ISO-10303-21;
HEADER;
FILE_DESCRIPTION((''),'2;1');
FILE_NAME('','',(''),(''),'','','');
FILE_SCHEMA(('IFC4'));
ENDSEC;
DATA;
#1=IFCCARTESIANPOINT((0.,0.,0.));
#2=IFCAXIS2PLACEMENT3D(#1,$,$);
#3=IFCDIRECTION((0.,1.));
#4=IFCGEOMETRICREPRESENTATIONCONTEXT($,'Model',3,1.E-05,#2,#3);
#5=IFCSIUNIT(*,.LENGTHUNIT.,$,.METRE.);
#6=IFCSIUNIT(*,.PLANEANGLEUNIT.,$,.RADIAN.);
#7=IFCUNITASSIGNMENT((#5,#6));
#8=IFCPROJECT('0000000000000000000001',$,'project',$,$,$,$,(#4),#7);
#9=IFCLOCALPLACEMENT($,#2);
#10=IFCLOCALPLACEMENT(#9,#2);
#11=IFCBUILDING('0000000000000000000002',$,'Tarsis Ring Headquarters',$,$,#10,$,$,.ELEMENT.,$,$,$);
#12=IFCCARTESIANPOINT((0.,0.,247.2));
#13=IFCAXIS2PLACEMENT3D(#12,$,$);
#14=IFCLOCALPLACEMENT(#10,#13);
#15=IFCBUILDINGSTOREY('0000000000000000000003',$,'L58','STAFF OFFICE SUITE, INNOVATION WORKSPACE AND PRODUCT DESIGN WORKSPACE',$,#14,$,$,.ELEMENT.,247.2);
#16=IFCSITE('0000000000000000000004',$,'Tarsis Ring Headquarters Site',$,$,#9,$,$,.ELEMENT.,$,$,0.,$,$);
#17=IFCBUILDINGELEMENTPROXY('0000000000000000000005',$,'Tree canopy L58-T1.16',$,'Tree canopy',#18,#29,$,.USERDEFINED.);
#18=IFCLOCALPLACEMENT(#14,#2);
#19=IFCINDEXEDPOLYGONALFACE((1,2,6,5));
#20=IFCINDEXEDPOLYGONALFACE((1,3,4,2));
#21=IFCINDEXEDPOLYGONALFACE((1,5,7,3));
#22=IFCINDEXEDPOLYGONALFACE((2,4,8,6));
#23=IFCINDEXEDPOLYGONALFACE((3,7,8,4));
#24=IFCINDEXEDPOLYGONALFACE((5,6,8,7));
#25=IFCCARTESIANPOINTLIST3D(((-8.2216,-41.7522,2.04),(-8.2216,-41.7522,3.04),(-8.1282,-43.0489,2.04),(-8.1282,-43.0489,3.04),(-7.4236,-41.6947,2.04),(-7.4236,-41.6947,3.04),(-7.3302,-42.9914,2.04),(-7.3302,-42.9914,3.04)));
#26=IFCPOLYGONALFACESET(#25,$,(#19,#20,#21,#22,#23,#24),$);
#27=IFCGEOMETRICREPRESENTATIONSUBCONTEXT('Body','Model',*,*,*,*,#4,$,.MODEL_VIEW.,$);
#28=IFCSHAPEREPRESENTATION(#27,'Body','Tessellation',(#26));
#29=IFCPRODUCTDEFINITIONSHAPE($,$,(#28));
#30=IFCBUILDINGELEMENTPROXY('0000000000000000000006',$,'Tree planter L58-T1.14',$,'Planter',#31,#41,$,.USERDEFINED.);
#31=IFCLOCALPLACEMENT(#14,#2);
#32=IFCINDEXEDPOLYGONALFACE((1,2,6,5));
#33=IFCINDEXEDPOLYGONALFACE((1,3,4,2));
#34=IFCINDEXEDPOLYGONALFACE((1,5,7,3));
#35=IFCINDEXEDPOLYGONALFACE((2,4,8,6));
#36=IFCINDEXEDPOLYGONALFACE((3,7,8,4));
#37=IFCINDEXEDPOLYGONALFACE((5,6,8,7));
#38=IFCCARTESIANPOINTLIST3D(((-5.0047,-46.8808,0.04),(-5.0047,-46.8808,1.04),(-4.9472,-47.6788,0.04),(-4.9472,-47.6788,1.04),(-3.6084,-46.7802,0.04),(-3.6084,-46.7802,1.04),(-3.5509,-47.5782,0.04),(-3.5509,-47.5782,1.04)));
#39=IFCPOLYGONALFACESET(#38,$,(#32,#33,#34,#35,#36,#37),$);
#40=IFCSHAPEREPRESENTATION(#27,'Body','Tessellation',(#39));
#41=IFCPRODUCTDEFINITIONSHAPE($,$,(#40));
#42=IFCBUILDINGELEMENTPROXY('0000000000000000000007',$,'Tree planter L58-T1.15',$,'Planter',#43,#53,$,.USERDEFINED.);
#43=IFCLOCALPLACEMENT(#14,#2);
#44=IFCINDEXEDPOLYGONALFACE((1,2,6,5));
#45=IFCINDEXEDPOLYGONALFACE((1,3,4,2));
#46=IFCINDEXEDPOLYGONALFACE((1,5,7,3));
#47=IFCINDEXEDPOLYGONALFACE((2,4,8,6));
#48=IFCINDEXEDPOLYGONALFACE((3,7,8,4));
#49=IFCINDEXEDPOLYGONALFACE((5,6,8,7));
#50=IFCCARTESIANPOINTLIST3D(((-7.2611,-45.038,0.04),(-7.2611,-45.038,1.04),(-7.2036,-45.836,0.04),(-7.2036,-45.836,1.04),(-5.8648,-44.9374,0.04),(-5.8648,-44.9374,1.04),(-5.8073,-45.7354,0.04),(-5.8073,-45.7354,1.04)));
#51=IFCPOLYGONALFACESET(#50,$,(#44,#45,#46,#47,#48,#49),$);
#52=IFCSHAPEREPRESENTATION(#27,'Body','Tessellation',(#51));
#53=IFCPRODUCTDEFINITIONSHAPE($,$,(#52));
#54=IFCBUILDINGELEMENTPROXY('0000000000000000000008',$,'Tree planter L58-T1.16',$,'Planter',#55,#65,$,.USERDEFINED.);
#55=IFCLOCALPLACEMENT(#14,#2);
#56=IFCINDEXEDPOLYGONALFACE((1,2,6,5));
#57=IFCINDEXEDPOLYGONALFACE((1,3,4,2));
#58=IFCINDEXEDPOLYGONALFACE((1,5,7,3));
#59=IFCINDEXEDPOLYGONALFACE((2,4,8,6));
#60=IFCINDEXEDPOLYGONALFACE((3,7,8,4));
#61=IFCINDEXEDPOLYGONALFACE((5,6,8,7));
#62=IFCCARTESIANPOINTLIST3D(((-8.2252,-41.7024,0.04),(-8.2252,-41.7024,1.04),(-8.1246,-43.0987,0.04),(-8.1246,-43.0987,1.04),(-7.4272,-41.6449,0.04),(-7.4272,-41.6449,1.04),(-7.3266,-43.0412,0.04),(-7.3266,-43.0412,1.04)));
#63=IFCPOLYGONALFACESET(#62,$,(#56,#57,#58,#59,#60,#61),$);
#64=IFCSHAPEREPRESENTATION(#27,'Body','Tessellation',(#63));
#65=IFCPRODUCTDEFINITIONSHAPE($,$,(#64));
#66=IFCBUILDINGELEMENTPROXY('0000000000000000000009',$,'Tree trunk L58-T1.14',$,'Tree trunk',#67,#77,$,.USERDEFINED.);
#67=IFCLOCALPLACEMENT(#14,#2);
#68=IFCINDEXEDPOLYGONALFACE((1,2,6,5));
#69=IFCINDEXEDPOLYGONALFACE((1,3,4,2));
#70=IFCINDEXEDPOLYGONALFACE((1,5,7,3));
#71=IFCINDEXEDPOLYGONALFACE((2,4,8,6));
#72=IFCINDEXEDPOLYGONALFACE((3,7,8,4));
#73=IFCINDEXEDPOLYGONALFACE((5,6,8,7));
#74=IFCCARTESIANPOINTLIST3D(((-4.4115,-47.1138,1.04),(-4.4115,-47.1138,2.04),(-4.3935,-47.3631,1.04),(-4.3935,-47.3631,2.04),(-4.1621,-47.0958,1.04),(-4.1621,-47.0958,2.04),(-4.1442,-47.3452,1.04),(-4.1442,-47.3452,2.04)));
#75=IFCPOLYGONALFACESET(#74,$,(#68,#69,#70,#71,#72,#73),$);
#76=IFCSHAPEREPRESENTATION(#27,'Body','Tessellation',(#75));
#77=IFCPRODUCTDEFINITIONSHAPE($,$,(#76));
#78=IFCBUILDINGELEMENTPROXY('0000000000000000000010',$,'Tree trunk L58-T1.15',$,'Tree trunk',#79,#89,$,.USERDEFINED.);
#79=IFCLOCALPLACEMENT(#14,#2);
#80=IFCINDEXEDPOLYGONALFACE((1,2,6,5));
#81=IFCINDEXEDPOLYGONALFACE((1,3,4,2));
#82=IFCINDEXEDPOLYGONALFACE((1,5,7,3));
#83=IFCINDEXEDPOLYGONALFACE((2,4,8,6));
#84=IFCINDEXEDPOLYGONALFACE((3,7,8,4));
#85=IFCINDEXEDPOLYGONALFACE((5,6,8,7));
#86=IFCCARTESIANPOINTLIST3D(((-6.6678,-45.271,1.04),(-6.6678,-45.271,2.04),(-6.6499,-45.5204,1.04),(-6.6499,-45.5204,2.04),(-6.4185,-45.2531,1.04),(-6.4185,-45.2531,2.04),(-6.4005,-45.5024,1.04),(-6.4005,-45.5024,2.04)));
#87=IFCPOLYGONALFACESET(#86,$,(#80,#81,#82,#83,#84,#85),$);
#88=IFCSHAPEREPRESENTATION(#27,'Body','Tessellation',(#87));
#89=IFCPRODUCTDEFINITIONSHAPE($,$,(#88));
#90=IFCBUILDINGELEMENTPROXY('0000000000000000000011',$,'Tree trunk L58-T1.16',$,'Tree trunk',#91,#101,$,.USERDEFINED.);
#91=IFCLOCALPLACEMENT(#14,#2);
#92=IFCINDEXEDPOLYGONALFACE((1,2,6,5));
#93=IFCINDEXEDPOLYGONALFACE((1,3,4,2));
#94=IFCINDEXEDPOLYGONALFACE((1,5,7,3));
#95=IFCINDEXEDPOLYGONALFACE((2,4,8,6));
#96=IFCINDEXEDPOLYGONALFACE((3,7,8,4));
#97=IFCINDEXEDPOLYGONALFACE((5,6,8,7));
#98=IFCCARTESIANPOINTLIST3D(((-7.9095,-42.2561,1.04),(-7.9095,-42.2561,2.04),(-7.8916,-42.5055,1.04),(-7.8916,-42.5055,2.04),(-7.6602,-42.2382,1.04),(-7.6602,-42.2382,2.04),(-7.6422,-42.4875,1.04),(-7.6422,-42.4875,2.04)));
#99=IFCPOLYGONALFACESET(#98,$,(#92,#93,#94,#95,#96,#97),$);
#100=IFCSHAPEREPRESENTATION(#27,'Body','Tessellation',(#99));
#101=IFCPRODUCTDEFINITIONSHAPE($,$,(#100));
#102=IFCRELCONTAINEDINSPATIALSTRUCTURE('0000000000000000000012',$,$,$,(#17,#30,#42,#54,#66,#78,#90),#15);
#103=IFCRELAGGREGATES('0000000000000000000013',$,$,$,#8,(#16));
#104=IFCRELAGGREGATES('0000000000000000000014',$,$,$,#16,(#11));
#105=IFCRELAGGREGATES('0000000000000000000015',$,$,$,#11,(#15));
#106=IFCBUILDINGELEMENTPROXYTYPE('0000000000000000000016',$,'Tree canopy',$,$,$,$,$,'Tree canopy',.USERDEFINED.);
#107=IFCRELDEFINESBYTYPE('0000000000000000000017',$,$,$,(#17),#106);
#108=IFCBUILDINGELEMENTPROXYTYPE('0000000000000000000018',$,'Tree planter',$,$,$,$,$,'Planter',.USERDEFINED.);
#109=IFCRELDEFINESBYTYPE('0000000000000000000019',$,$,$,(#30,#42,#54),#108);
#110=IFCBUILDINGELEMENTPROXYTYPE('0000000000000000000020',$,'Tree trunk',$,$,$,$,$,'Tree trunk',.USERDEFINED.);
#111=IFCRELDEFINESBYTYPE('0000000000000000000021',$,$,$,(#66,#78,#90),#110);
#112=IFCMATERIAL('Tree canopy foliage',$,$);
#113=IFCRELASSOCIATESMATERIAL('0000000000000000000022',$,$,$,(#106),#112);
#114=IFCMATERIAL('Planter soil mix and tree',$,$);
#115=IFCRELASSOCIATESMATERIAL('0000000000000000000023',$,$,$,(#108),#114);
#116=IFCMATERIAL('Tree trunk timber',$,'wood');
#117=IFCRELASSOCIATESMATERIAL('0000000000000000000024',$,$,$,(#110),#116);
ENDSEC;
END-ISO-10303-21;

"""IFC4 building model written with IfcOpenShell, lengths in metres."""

from ifc_helpers import new_model, si_unit, direction, frame, origin, origin_2d, place, context, subcontext, project, spatial, rectangle, extrude, material, type_object, element, save


model = new_model("IFC4")

# Units and contexts
model_context = context("Model", 3, precision=1e-05, world=origin(), true_north=direction((0.0, 1.0)))
body_context = subcontext(model_context, "Body", "Model", "MODEL_VIEW")
ifc_project = project(units=[si_unit("LENGTHUNIT", "METRE"), si_unit("PLANEANGLEUNIT", "RADIAN")], contexts=[model_context])

# Site, building, storey
site_placement = place(None, origin())
site = spatial("IfcSite", under=ifc_project, at=site_placement, Name="Tarsis Ring Headquarters Site", CompositionType="ELEMENT", RefElevation=0.0)
building_placement = place(site_placement, origin())
building = spatial("IfcBuilding", under=site, at=building_placement, Name="Tarsis Ring Headquarters", CompositionType="ELEMENT")
storey_placement = place(building_placement, frame((0.0, 0.0, 247.2)))
storey = spatial("IfcBuildingStorey", under=building, at=storey_placement, Name="L58", Description="STAFF OFFICE SUITE, INNOVATION WORKSPACE AND PRODUCT DESIGN WORKSPACE", CompositionType="ELEMENT", Elevation=247.2)

# Building element proxies
ifc_material_1 = material(Name="Tree canopy foliage")
building_element_proxy_type_1 = type_object("IfcBuildingElementProxyType", Name="Tree canopy", ElementType="Tree canopy", PredefinedType="USERDEFINED", material=ifc_material_1)
for number, where, z_axis, x_axis, name in (
    (1, (-7.7759, -42.3718, 2.04), (0.0, 0.0, 1.0), (-0.071846, 0.997416, 0.0), "Tree canopy L58-T1.16"),
):
    element("IfcBuildingElementProxy", number, at=place(storey_placement, frame(where, z_axis=z_axis, x_axis=x_axis)), inside=storey, type_object=building_element_proxy_type_1, Name=name, ObjectType="Tree canopy", PredefinedType="USERDEFINED", context=body_context, shape_type="SweptSolid", body=[
        extrude(rectangle(XDim=1.3, YDim=0.8, at=origin_2d()), origin(), (0.0, 0.0, 1.0), 1.0),
    ])
ifc_material_2 = material(Name="Planter soil mix and tree")
building_element_proxy_type_2 = type_object("IfcBuildingElementProxyType", Name="Tree planter", ElementType="Planter", PredefinedType="USERDEFINED", material=ifc_material_2)
for number, where, z_axis, x_axis, name in (
    (2, (-4.2778, -47.2295, 0.04), (0.0, 0.0, 1.0), (-0.997416, -0.071846, 0.0), "Tree planter L58-T1.14"),
    (3, (-6.5342, -45.3867, 0.04), (0.0, 0.0, 1.0), (-0.997416, -0.071846, 0.0), "Tree planter L58-T1.15"),
    (4, (-7.7759, -42.3718, 0.04), (0.0, 0.0, 1.0), (-0.071846, 0.997416, 0.0), "Tree planter L58-T1.16"),
):
    element("IfcBuildingElementProxy", number, at=place(storey_placement, frame(where, z_axis=z_axis, x_axis=x_axis)), inside=storey, type_object=building_element_proxy_type_2, Name=name, ObjectType="Planter", PredefinedType="USERDEFINED", context=body_context, shape_type="SweptSolid", body=[
        extrude(rectangle(XDim=1.3999, YDim=0.8, at=origin_2d()), origin(), (0.0, 0.0, 1.0), 1.0),
    ])
ifc_material_3 = material(Name="Tree trunk timber", Category="wood")
building_element_proxy_type_3 = type_object("IfcBuildingElementProxyType", Name="Tree trunk", ElementType="Tree trunk", PredefinedType="USERDEFINED", material=ifc_material_3)
for number, where, z_axis, x_axis, name in (
    (5, (-4.2778, -47.2295, 1.04), (0.0, 0.0, 1.0), (-0.997416, -0.071846, 0.0), "Tree trunk L58-T1.14"),
    (6, (-6.5342, -45.3867, 1.04), (0.0, 0.0, 1.0), (-0.997416, -0.071846, 0.0), "Tree trunk L58-T1.15"),
    (7, (-7.7759, -42.3718, 1.04), (0.0, 0.0, 1.0), (-0.071846, 0.997416, 0.0), "Tree trunk L58-T1.16"),
):
    element("IfcBuildingElementProxy", number, at=place(storey_placement, frame(where, z_axis=z_axis, x_axis=x_axis)), inside=storey, type_object=building_element_proxy_type_3, Name=name, ObjectType="Tree trunk", PredefinedType="USERDEFINED", context=body_context, shape_type="SweptSolid", body=[
        extrude(rectangle(XDim=0.25, YDim=0.25, at=origin_2d()), origin(), (0.0, 0.0, 1.0), 1.0),
    ])

save(model, "model.ifc")
